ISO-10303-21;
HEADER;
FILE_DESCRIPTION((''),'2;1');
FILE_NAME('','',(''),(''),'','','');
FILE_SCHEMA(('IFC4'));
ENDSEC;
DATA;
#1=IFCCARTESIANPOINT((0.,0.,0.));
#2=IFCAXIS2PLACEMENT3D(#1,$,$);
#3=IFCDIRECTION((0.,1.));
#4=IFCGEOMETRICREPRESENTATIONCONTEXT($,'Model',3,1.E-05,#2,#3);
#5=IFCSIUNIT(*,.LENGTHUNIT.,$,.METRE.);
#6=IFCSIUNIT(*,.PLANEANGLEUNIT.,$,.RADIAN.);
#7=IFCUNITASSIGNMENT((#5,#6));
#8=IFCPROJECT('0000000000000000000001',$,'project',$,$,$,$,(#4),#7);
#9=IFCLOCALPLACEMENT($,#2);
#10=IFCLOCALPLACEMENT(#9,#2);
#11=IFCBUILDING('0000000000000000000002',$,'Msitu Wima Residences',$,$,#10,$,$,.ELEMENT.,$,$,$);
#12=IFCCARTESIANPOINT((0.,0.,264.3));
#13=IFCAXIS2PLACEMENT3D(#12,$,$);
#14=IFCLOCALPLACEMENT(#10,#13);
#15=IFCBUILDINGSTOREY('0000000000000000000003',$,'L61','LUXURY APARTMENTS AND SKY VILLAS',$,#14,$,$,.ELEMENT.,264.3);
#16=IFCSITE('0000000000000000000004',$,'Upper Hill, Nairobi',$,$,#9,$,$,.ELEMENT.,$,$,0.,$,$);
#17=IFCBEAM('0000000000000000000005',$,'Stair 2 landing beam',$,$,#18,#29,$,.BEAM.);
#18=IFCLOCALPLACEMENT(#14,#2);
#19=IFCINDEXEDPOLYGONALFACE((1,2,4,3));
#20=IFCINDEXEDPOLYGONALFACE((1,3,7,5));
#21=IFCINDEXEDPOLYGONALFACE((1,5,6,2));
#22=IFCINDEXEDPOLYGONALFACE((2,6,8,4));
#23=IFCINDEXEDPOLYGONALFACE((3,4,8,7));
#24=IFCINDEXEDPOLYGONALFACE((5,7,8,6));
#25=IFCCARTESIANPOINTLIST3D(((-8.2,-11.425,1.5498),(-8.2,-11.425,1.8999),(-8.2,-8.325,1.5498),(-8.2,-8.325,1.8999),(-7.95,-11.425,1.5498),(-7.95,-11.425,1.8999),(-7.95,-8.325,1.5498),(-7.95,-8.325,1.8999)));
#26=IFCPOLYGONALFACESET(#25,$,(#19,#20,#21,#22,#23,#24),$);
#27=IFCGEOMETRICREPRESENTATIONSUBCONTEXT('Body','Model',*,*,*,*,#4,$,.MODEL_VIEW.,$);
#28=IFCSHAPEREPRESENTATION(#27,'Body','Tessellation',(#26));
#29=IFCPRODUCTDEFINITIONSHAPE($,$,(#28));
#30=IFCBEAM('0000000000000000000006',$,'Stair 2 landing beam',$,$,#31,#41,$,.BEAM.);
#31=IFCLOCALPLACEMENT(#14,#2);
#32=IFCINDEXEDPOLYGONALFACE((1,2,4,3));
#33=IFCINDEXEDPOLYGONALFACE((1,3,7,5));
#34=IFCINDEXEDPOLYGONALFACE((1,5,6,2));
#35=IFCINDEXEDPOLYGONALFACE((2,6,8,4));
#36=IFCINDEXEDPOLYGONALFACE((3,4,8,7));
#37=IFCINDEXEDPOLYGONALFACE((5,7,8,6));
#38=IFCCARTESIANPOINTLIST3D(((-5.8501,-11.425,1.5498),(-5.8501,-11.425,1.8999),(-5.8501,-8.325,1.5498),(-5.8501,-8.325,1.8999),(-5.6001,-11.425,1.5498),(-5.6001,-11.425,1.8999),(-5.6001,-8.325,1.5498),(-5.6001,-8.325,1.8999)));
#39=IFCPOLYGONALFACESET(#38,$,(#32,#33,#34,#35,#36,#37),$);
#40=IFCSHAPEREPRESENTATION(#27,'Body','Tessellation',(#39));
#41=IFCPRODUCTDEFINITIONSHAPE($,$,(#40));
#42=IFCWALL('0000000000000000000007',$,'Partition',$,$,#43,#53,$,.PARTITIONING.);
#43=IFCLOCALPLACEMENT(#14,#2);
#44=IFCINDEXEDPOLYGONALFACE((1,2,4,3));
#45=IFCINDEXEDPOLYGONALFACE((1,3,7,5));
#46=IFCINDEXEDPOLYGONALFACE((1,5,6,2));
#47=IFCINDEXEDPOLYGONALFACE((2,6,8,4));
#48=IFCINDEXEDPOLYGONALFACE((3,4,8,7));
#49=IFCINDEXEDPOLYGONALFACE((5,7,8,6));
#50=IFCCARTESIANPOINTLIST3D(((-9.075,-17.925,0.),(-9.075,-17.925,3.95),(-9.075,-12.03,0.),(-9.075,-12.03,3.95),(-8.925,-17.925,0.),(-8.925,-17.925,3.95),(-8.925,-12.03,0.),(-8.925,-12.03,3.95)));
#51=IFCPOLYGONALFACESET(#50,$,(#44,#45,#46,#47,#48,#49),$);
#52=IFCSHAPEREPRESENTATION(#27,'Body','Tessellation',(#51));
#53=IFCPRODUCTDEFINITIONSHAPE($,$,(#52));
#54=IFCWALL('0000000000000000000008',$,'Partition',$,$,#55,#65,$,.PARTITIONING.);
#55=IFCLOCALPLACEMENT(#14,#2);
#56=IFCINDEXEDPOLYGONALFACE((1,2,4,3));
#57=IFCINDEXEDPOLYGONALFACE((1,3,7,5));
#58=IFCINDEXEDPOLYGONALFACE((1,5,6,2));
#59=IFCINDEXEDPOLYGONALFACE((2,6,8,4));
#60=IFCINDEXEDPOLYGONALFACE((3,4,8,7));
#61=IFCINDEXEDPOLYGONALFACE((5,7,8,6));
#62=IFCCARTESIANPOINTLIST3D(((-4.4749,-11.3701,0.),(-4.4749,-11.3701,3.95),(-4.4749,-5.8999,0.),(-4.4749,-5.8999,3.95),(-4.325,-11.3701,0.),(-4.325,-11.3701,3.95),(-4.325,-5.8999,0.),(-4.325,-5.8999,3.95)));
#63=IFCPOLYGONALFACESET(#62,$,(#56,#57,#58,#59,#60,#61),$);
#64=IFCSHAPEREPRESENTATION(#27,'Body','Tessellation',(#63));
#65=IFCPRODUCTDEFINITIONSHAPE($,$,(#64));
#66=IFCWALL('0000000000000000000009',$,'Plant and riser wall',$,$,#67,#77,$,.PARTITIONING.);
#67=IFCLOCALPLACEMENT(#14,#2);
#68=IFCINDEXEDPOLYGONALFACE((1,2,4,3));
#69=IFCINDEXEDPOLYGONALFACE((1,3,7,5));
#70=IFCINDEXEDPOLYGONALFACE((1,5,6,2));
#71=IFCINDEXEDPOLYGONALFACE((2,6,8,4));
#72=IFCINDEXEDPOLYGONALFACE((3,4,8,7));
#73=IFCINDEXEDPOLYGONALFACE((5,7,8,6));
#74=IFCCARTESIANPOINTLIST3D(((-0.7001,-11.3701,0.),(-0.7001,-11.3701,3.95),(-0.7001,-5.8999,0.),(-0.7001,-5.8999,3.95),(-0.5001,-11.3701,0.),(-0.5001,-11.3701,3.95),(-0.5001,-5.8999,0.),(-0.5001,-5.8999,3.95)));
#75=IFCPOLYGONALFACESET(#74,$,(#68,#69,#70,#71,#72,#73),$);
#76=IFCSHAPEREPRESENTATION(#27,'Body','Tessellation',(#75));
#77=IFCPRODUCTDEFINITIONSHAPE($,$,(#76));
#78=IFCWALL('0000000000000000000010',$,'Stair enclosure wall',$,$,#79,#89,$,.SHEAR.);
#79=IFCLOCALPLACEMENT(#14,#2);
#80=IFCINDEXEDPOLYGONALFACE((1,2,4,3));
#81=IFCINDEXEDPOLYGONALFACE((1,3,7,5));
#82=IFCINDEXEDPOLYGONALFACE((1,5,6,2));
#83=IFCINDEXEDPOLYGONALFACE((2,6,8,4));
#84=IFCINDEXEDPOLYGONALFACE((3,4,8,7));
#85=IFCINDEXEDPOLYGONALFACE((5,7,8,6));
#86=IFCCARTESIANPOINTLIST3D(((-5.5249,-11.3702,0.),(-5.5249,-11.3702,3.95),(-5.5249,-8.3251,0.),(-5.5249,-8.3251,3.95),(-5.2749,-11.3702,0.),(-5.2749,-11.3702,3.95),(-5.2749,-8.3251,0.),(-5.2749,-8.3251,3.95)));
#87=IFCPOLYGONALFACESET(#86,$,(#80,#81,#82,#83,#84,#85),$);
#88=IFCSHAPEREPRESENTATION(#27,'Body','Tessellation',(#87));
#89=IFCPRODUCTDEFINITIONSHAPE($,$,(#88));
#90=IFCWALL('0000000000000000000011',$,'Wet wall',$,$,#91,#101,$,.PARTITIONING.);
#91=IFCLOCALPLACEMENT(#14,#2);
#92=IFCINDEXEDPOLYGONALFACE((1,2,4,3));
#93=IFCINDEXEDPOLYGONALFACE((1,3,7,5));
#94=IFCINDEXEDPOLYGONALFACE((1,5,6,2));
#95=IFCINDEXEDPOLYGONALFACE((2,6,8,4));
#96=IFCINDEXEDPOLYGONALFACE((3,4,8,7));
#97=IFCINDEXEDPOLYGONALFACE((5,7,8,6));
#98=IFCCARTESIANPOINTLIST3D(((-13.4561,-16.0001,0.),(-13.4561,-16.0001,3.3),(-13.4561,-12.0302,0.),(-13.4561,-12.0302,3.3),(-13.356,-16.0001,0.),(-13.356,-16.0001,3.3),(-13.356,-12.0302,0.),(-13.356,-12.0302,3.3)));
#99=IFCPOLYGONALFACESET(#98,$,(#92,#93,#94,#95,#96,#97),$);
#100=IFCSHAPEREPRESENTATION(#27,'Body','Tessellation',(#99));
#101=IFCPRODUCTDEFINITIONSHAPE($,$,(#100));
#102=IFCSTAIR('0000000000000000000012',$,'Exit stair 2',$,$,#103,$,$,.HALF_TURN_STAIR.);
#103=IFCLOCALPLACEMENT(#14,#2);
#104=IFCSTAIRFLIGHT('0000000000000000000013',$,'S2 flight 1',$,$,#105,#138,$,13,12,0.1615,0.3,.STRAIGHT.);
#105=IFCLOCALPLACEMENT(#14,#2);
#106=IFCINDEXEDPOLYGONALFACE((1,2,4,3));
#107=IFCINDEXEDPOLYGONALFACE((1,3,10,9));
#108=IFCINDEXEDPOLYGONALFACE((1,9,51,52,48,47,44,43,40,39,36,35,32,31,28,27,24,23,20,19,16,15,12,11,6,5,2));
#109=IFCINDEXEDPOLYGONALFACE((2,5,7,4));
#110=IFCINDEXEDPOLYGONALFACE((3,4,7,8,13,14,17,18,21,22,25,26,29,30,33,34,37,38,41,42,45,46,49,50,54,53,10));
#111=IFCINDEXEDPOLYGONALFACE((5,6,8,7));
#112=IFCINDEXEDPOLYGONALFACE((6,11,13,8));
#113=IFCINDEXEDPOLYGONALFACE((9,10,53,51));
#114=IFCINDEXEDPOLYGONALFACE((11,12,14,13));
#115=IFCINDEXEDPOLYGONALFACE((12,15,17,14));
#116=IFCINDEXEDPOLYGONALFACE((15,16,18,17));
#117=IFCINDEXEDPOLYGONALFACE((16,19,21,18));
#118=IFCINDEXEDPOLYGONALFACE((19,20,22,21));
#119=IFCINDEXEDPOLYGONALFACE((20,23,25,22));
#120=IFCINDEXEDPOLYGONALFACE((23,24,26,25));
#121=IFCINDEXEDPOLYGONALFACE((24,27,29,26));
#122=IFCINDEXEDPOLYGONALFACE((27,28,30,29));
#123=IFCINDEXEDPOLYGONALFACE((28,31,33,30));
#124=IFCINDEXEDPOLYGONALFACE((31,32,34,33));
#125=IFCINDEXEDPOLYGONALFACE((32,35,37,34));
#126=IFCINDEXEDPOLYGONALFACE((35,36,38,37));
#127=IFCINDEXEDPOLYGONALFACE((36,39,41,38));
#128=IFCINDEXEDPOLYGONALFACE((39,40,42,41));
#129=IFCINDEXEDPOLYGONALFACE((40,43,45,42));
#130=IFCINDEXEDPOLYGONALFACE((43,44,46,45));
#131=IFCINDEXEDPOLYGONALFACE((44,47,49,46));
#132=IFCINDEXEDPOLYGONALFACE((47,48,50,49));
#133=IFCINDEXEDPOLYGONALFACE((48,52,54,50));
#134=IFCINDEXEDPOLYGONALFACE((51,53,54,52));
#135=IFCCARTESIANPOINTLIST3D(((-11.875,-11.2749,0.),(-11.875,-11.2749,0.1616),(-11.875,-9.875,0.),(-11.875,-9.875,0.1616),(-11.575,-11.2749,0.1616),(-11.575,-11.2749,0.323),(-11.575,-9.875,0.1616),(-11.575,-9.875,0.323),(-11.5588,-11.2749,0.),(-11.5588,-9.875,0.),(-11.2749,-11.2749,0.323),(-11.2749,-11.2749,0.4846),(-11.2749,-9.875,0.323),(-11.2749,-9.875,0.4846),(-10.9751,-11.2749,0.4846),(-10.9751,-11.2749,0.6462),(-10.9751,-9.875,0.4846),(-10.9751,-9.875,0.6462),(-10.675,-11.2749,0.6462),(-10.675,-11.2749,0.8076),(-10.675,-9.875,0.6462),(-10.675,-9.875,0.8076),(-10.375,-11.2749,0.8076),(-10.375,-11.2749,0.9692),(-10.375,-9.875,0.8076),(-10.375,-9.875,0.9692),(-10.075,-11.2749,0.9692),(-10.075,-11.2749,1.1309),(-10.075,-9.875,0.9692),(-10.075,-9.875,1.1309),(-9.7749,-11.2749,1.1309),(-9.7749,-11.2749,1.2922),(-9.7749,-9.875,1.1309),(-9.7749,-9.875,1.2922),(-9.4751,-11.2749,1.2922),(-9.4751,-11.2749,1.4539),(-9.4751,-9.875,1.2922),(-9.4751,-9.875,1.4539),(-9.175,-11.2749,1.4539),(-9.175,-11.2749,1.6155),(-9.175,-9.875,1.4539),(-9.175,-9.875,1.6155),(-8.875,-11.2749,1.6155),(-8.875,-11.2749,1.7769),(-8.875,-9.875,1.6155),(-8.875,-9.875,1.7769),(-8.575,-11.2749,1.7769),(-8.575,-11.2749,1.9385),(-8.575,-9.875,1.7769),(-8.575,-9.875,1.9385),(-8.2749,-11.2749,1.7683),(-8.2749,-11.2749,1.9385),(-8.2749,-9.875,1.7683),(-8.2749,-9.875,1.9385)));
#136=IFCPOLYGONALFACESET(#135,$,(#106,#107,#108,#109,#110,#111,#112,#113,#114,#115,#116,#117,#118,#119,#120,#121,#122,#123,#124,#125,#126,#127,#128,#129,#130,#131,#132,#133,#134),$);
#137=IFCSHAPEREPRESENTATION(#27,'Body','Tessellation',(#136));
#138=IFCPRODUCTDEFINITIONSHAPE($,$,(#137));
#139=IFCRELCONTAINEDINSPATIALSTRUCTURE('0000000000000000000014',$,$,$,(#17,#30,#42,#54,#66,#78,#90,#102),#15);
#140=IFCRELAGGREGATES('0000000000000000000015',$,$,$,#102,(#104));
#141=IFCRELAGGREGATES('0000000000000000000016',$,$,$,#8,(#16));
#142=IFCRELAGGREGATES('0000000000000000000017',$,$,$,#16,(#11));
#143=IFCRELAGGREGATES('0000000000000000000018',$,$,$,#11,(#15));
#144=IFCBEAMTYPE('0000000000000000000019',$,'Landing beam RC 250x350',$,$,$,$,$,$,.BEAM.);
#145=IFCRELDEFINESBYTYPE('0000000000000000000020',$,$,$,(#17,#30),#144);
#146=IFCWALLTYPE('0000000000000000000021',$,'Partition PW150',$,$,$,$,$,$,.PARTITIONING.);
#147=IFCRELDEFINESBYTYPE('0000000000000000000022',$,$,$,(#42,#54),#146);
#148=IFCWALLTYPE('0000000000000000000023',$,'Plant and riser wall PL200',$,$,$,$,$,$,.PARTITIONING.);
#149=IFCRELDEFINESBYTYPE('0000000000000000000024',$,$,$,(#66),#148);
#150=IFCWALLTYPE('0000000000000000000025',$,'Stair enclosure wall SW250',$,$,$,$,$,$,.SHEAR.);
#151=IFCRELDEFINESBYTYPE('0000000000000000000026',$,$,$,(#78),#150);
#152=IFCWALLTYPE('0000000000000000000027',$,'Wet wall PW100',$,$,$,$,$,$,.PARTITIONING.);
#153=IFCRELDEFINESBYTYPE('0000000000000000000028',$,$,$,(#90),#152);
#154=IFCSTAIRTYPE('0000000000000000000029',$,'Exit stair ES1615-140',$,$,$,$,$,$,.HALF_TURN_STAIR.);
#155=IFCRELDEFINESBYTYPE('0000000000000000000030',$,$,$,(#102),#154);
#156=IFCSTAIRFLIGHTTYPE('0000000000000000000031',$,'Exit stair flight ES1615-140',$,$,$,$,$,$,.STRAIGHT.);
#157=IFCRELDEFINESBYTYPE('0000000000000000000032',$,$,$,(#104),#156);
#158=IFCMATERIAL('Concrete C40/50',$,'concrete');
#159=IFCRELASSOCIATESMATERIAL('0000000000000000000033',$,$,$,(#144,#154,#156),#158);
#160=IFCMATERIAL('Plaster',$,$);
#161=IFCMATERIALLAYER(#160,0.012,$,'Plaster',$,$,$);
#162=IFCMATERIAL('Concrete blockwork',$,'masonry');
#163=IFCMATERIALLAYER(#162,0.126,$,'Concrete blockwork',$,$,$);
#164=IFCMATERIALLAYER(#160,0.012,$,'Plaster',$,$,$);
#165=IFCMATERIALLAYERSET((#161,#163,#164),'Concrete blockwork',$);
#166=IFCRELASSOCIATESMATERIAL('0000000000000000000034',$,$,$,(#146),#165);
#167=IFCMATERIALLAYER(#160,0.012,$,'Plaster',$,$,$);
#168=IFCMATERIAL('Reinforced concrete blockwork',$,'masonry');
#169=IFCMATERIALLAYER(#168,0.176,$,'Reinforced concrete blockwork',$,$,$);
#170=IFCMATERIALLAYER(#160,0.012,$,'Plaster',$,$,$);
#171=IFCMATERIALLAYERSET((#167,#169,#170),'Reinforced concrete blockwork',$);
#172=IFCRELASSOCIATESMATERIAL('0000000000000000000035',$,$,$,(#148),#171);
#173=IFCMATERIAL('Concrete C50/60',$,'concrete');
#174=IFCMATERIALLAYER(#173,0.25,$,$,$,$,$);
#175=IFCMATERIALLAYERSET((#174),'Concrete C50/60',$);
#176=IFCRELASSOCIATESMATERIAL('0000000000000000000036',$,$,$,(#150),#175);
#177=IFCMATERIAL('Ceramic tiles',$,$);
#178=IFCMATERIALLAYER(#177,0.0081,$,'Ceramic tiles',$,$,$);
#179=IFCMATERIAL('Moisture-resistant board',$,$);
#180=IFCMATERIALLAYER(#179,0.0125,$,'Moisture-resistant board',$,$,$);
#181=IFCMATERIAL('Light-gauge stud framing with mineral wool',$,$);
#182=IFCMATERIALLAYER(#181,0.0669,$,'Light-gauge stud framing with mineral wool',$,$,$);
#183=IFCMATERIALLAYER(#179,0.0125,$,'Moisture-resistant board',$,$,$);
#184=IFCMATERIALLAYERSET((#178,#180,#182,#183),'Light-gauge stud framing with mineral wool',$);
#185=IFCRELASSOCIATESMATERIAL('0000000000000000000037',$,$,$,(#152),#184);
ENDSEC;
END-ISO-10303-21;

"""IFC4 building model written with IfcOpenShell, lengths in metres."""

from ifc_helpers import new_model, si_unit, direction, frame, frame_2d, origin, origin_2d, place, context, subcontext, project, spatial, polyline, rectangle, outline, extrude, material, layer, layer_set, material_profile, profile_set, type_object, element, aggregate, save


model = new_model("IFC4")

# Units and contexts
model_context = context("Model", 3, precision=1e-05, world=origin(), true_north=direction((0.0, 1.0)))
body_context = subcontext(model_context, "Body", "Model", "MODEL_VIEW")
ifc_project = project(units=[si_unit("LENGTHUNIT", "METRE"), si_unit("PLANEANGLEUNIT", "RADIAN")], contexts=[model_context])

# Site, building, storey
site_placement = place(None, origin())
site = spatial("IfcSite", under=ifc_project, at=site_placement, Name="Upper Hill, Nairobi", CompositionType="ELEMENT", RefElevation=0.0)
building_placement = place(site_placement, origin())
building = spatial("IfcBuilding", under=site, at=building_placement, Name="Msitu Wima Residences", CompositionType="ELEMENT")
storey_placement = place(building_placement, frame((0.0, 0.0, 264.3)))
storey = spatial("IfcBuildingStorey", under=building, at=storey_placement, Name="L61", Description="LUXURY APARTMENTS AND SKY VILLAS", CompositionType="ELEMENT", Elevation=264.3)

# Beams
ifc_material_1 = material(Name="Concrete C40/50", Category="concrete")
ifc_material_profile = material_profile(ifc_material_1, rectangle(XDim=0.25, YDim=0.3501, at=origin_2d()), Name="RC 250x350")
ifc_profile_set = profile_set([ifc_material_profile], Name="Concrete C40/50")
beam_type = type_object("IfcBeamType", Name="Landing beam RC 250x350", PredefinedType="BEAM", material=ifc_profile_set)
for number, where, z_axis, x_axis, name in (
    (1, (-8.075, -11.425, 1.7249), (0.0, 1.0, 0.0), (-1.0, 0.0, 0.0), "Stair 2 landing beam"),
    (2, (-5.7251, -11.425, 1.7249), (0.0, 1.0, 0.0), (-1.0, 0.0, 0.0), "Stair 2 landing beam"),
):
    element("IfcBeam", number, at=place(storey_placement, frame(where, z_axis=z_axis, x_axis=x_axis)), inside=storey, type_object=beam_type, Name=name, PredefinedType="BEAM", context=body_context, shape_type="SweptSolid", body=[
        extrude(rectangle(XDim=0.25, YDim=0.3501, at=origin_2d()), origin(), (0.0, 0.0, 1.0), 3.1001),
    ])

# Walls
ifc_material_2 = material(Name="Plaster")
ifc_layer_1 = layer(ifc_material_2, 0.012, Name="Plaster")
ifc_material_3 = material(Name="Concrete blockwork", Category="masonry")
ifc_layer_2 = layer(ifc_material_3, 0.126, Name="Concrete blockwork")
ifc_layer_3 = layer(ifc_material_2, 0.012, Name="Plaster")
ifc_layer_set_1 = layer_set([ifc_layer_1, ifc_layer_2, ifc_layer_3], Name="Concrete blockwork")
wall_type_1 = type_object("IfcWallType", Name="Partition PW150", PredefinedType="PARTITIONING", material=ifc_layer_set_1)
wall_1_placement = place(storey_placement, frame((-9.0, -17.925, 0.0), z_axis=(0.0, 0.0, 1.0), x_axis=(0.0, 1.0, 0.0)))
element("IfcWall", 3, at=wall_1_placement, inside=storey, type_object=wall_type_1, Name="Partition", PredefinedType="PARTITIONING", context=body_context, shape_type="SweptSolid", body=[
    extrude(rectangle(XDim=5.895, YDim=0.1499, at=frame_2d((2.9475, 0.0))), origin(), (0.0, 0.0, 1.0), 3.95),
])
wall_2_placement = place(storey_placement, frame((-4.3999, -11.3701, 0.0), z_axis=(0.0, 0.0, 1.0), x_axis=(0.0, 1.0, 0.0)))
element("IfcWall", 4, at=wall_2_placement, inside=storey, type_object=wall_type_1, Name="Partition", PredefinedType="PARTITIONING", context=body_context, shape_type="SweptSolid", body=[
    extrude(rectangle(XDim=5.4702, YDim=0.1499, at=frame_2d((2.7351, 0.0))), origin(), (0.0, 0.0, 1.0), 3.95),
])
ifc_layer_4 = layer(ifc_material_2, 0.012, Name="Plaster")
ifc_material_4 = material(Name="Reinforced concrete blockwork", Category="masonry")
ifc_layer_5 = layer(ifc_material_4, 0.176, Name="Reinforced concrete blockwork")
ifc_layer_6 = layer(ifc_material_2, 0.012, Name="Plaster")
ifc_layer_set_2 = layer_set([ifc_layer_4, ifc_layer_5, ifc_layer_6], Name="Reinforced concrete blockwork")
wall_type_2 = type_object("IfcWallType", Name="Plant and riser wall PL200", PredefinedType="PARTITIONING", material=ifc_layer_set_2)
wall_3_placement = place(storey_placement, frame((-0.6001, -11.3701, 0.0), z_axis=(0.0, 0.0, 1.0), x_axis=(0.0, 1.0, 0.0)))
element("IfcWall", 5, at=wall_3_placement, inside=storey, type_object=wall_type_2, Name="Plant and riser wall", PredefinedType="PARTITIONING", context=body_context, shape_type="SweptSolid", body=[
    extrude(rectangle(XDim=5.4702, YDim=0.2, at=frame_2d((2.7351, 0.0))), origin(), (0.0, 0.0, 1.0), 3.95),
])
ifc_material_5 = material(Name="Concrete C50/60", Category="concrete")
ifc_layer_7 = layer(ifc_material_5, 0.25)
ifc_layer_set_3 = layer_set([ifc_layer_7], Name="Concrete C50/60")
wall_type_3 = type_object("IfcWallType", Name="Stair enclosure wall SW250", PredefinedType="SHEAR", material=ifc_layer_set_3)
wall_4_placement = place(storey_placement, frame((-5.3999, -11.3701, 0.0), z_axis=(0.0, 0.0, 1.0), x_axis=(0.0, 1.0, 0.0)))
element("IfcWall", 6, at=wall_4_placement, inside=storey, type_object=wall_type_3, Name="Stair enclosure wall", PredefinedType="SHEAR", context=body_context, shape_type="SweptSolid", body=[
    extrude(rectangle(XDim=3.0452, YDim=0.25, at=frame_2d((1.5225, 0.0))), origin(), (0.0, 0.0, 1.0), 3.95),
])
ifc_material_6 = material(Name="Ceramic tiles")
ifc_layer_8 = layer(ifc_material_6, 0.0081, Name="Ceramic tiles")
ifc_material_7 = material(Name="Moisture-resistant board")
ifc_layer_9 = layer(ifc_material_7, 0.0125, Name="Moisture-resistant board")
ifc_material_8 = material(Name="Light-gauge stud framing with mineral wool")
ifc_layer_10 = layer(ifc_material_8, 0.0669, Name="Light-gauge stud framing with mineral wool")
ifc_layer_11 = layer(ifc_material_7, 0.0125, Name="Moisture-resistant board")
ifc_layer_set_4 = layer_set([ifc_layer_8, ifc_layer_9, ifc_layer_10, ifc_layer_11], Name="Light-gauge stud framing with mineral wool")
wall_type_4 = type_object("IfcWallType", Name="Wet wall PW100", PredefinedType="PARTITIONING", material=ifc_layer_set_4)
wall_5_placement = place(storey_placement, frame((-13.406, -16.0, 0.0), z_axis=(0.0, 0.0, 1.0), x_axis=(0.0, 1.0, 0.0)))
element("IfcWall", 7, at=wall_5_placement, inside=storey, type_object=wall_type_4, Name="Wet wall", PredefinedType="PARTITIONING", context=body_context, shape_type="SweptSolid", body=[
    extrude(rectangle(XDim=3.97, YDim=0.1001, at=frame_2d((1.9849, 0.0))), origin(), (0.0, 0.0, 1.0), 3.3),
])

# Stair, stair flight
stair_type = type_object("IfcStairType", Name="Exit stair ES1615-140", PredefinedType="HALF_TURN_STAIR", material=ifc_material_1)
stair_placement = place(storey_placement, origin())
stair = element("IfcStair", 8, at=stair_placement, inside=storey, type_object=stair_type, Name="Exit stair 2", PredefinedType="HALF_TURN_STAIR")
stair_flight_type = type_object("IfcStairFlightType", Name="Exit stair flight ES1615-140", PredefinedType="STRAIGHT", material=ifc_material_1)
stair_flight_placement = place(storey_placement, frame((-11.875, -10.575, 0.0), z_axis=(0.0, 0.0, 1.0), x_axis=(1.0, 0.0, 0.0)))
stair_flight = element("IfcStairFlight", 9, at=stair_flight_placement, type_object=stair_flight_type, Name="S2 flight 1", NumberOfRisers=13, NumberOfTreads=12, PredefinedType="STRAIGHT", RiserHeight=0.1615, TreadLength=0.3, context=body_context, shape_type="SweptSolid", body=[
    extrude(outline(polyline([(0.0, 0.0), (0.0, 0.1616), (0.3, 0.1616), (0.3, 0.323), (0.6001, 0.323), (0.6001, 0.4846), (0.8999, 0.4846), (0.8999, 0.6462), (1.2, 0.6462), (1.2, 0.8076), (1.5, 0.8076), (1.5, 0.9692), (1.8, 0.9692), (1.8, 1.1309), (2.1001, 1.1309), (2.1001, 1.2922), (2.3999, 1.2922), (2.3999, 1.4539), (2.7, 1.4539), (2.7, 1.6155), (3.0, 1.6155), (3.0, 1.7769), (3.3, 1.7769), (3.3, 1.9385), (3.6001, 1.9385), (3.6001, 2.1001), (3.6001, 1.7683), (0.3162, 0.0), (0.0, 0.0)])), frame((0.0, 0.7, 0.0), z_axis=(0.0, -1.0, 0.0), x_axis=(1.0, 0.0, 0.0)), (0.0, 0.0, 1.0), 1.3999),
])
aggregate(stair, [stair_flight])

save(model, "model.ifc")
